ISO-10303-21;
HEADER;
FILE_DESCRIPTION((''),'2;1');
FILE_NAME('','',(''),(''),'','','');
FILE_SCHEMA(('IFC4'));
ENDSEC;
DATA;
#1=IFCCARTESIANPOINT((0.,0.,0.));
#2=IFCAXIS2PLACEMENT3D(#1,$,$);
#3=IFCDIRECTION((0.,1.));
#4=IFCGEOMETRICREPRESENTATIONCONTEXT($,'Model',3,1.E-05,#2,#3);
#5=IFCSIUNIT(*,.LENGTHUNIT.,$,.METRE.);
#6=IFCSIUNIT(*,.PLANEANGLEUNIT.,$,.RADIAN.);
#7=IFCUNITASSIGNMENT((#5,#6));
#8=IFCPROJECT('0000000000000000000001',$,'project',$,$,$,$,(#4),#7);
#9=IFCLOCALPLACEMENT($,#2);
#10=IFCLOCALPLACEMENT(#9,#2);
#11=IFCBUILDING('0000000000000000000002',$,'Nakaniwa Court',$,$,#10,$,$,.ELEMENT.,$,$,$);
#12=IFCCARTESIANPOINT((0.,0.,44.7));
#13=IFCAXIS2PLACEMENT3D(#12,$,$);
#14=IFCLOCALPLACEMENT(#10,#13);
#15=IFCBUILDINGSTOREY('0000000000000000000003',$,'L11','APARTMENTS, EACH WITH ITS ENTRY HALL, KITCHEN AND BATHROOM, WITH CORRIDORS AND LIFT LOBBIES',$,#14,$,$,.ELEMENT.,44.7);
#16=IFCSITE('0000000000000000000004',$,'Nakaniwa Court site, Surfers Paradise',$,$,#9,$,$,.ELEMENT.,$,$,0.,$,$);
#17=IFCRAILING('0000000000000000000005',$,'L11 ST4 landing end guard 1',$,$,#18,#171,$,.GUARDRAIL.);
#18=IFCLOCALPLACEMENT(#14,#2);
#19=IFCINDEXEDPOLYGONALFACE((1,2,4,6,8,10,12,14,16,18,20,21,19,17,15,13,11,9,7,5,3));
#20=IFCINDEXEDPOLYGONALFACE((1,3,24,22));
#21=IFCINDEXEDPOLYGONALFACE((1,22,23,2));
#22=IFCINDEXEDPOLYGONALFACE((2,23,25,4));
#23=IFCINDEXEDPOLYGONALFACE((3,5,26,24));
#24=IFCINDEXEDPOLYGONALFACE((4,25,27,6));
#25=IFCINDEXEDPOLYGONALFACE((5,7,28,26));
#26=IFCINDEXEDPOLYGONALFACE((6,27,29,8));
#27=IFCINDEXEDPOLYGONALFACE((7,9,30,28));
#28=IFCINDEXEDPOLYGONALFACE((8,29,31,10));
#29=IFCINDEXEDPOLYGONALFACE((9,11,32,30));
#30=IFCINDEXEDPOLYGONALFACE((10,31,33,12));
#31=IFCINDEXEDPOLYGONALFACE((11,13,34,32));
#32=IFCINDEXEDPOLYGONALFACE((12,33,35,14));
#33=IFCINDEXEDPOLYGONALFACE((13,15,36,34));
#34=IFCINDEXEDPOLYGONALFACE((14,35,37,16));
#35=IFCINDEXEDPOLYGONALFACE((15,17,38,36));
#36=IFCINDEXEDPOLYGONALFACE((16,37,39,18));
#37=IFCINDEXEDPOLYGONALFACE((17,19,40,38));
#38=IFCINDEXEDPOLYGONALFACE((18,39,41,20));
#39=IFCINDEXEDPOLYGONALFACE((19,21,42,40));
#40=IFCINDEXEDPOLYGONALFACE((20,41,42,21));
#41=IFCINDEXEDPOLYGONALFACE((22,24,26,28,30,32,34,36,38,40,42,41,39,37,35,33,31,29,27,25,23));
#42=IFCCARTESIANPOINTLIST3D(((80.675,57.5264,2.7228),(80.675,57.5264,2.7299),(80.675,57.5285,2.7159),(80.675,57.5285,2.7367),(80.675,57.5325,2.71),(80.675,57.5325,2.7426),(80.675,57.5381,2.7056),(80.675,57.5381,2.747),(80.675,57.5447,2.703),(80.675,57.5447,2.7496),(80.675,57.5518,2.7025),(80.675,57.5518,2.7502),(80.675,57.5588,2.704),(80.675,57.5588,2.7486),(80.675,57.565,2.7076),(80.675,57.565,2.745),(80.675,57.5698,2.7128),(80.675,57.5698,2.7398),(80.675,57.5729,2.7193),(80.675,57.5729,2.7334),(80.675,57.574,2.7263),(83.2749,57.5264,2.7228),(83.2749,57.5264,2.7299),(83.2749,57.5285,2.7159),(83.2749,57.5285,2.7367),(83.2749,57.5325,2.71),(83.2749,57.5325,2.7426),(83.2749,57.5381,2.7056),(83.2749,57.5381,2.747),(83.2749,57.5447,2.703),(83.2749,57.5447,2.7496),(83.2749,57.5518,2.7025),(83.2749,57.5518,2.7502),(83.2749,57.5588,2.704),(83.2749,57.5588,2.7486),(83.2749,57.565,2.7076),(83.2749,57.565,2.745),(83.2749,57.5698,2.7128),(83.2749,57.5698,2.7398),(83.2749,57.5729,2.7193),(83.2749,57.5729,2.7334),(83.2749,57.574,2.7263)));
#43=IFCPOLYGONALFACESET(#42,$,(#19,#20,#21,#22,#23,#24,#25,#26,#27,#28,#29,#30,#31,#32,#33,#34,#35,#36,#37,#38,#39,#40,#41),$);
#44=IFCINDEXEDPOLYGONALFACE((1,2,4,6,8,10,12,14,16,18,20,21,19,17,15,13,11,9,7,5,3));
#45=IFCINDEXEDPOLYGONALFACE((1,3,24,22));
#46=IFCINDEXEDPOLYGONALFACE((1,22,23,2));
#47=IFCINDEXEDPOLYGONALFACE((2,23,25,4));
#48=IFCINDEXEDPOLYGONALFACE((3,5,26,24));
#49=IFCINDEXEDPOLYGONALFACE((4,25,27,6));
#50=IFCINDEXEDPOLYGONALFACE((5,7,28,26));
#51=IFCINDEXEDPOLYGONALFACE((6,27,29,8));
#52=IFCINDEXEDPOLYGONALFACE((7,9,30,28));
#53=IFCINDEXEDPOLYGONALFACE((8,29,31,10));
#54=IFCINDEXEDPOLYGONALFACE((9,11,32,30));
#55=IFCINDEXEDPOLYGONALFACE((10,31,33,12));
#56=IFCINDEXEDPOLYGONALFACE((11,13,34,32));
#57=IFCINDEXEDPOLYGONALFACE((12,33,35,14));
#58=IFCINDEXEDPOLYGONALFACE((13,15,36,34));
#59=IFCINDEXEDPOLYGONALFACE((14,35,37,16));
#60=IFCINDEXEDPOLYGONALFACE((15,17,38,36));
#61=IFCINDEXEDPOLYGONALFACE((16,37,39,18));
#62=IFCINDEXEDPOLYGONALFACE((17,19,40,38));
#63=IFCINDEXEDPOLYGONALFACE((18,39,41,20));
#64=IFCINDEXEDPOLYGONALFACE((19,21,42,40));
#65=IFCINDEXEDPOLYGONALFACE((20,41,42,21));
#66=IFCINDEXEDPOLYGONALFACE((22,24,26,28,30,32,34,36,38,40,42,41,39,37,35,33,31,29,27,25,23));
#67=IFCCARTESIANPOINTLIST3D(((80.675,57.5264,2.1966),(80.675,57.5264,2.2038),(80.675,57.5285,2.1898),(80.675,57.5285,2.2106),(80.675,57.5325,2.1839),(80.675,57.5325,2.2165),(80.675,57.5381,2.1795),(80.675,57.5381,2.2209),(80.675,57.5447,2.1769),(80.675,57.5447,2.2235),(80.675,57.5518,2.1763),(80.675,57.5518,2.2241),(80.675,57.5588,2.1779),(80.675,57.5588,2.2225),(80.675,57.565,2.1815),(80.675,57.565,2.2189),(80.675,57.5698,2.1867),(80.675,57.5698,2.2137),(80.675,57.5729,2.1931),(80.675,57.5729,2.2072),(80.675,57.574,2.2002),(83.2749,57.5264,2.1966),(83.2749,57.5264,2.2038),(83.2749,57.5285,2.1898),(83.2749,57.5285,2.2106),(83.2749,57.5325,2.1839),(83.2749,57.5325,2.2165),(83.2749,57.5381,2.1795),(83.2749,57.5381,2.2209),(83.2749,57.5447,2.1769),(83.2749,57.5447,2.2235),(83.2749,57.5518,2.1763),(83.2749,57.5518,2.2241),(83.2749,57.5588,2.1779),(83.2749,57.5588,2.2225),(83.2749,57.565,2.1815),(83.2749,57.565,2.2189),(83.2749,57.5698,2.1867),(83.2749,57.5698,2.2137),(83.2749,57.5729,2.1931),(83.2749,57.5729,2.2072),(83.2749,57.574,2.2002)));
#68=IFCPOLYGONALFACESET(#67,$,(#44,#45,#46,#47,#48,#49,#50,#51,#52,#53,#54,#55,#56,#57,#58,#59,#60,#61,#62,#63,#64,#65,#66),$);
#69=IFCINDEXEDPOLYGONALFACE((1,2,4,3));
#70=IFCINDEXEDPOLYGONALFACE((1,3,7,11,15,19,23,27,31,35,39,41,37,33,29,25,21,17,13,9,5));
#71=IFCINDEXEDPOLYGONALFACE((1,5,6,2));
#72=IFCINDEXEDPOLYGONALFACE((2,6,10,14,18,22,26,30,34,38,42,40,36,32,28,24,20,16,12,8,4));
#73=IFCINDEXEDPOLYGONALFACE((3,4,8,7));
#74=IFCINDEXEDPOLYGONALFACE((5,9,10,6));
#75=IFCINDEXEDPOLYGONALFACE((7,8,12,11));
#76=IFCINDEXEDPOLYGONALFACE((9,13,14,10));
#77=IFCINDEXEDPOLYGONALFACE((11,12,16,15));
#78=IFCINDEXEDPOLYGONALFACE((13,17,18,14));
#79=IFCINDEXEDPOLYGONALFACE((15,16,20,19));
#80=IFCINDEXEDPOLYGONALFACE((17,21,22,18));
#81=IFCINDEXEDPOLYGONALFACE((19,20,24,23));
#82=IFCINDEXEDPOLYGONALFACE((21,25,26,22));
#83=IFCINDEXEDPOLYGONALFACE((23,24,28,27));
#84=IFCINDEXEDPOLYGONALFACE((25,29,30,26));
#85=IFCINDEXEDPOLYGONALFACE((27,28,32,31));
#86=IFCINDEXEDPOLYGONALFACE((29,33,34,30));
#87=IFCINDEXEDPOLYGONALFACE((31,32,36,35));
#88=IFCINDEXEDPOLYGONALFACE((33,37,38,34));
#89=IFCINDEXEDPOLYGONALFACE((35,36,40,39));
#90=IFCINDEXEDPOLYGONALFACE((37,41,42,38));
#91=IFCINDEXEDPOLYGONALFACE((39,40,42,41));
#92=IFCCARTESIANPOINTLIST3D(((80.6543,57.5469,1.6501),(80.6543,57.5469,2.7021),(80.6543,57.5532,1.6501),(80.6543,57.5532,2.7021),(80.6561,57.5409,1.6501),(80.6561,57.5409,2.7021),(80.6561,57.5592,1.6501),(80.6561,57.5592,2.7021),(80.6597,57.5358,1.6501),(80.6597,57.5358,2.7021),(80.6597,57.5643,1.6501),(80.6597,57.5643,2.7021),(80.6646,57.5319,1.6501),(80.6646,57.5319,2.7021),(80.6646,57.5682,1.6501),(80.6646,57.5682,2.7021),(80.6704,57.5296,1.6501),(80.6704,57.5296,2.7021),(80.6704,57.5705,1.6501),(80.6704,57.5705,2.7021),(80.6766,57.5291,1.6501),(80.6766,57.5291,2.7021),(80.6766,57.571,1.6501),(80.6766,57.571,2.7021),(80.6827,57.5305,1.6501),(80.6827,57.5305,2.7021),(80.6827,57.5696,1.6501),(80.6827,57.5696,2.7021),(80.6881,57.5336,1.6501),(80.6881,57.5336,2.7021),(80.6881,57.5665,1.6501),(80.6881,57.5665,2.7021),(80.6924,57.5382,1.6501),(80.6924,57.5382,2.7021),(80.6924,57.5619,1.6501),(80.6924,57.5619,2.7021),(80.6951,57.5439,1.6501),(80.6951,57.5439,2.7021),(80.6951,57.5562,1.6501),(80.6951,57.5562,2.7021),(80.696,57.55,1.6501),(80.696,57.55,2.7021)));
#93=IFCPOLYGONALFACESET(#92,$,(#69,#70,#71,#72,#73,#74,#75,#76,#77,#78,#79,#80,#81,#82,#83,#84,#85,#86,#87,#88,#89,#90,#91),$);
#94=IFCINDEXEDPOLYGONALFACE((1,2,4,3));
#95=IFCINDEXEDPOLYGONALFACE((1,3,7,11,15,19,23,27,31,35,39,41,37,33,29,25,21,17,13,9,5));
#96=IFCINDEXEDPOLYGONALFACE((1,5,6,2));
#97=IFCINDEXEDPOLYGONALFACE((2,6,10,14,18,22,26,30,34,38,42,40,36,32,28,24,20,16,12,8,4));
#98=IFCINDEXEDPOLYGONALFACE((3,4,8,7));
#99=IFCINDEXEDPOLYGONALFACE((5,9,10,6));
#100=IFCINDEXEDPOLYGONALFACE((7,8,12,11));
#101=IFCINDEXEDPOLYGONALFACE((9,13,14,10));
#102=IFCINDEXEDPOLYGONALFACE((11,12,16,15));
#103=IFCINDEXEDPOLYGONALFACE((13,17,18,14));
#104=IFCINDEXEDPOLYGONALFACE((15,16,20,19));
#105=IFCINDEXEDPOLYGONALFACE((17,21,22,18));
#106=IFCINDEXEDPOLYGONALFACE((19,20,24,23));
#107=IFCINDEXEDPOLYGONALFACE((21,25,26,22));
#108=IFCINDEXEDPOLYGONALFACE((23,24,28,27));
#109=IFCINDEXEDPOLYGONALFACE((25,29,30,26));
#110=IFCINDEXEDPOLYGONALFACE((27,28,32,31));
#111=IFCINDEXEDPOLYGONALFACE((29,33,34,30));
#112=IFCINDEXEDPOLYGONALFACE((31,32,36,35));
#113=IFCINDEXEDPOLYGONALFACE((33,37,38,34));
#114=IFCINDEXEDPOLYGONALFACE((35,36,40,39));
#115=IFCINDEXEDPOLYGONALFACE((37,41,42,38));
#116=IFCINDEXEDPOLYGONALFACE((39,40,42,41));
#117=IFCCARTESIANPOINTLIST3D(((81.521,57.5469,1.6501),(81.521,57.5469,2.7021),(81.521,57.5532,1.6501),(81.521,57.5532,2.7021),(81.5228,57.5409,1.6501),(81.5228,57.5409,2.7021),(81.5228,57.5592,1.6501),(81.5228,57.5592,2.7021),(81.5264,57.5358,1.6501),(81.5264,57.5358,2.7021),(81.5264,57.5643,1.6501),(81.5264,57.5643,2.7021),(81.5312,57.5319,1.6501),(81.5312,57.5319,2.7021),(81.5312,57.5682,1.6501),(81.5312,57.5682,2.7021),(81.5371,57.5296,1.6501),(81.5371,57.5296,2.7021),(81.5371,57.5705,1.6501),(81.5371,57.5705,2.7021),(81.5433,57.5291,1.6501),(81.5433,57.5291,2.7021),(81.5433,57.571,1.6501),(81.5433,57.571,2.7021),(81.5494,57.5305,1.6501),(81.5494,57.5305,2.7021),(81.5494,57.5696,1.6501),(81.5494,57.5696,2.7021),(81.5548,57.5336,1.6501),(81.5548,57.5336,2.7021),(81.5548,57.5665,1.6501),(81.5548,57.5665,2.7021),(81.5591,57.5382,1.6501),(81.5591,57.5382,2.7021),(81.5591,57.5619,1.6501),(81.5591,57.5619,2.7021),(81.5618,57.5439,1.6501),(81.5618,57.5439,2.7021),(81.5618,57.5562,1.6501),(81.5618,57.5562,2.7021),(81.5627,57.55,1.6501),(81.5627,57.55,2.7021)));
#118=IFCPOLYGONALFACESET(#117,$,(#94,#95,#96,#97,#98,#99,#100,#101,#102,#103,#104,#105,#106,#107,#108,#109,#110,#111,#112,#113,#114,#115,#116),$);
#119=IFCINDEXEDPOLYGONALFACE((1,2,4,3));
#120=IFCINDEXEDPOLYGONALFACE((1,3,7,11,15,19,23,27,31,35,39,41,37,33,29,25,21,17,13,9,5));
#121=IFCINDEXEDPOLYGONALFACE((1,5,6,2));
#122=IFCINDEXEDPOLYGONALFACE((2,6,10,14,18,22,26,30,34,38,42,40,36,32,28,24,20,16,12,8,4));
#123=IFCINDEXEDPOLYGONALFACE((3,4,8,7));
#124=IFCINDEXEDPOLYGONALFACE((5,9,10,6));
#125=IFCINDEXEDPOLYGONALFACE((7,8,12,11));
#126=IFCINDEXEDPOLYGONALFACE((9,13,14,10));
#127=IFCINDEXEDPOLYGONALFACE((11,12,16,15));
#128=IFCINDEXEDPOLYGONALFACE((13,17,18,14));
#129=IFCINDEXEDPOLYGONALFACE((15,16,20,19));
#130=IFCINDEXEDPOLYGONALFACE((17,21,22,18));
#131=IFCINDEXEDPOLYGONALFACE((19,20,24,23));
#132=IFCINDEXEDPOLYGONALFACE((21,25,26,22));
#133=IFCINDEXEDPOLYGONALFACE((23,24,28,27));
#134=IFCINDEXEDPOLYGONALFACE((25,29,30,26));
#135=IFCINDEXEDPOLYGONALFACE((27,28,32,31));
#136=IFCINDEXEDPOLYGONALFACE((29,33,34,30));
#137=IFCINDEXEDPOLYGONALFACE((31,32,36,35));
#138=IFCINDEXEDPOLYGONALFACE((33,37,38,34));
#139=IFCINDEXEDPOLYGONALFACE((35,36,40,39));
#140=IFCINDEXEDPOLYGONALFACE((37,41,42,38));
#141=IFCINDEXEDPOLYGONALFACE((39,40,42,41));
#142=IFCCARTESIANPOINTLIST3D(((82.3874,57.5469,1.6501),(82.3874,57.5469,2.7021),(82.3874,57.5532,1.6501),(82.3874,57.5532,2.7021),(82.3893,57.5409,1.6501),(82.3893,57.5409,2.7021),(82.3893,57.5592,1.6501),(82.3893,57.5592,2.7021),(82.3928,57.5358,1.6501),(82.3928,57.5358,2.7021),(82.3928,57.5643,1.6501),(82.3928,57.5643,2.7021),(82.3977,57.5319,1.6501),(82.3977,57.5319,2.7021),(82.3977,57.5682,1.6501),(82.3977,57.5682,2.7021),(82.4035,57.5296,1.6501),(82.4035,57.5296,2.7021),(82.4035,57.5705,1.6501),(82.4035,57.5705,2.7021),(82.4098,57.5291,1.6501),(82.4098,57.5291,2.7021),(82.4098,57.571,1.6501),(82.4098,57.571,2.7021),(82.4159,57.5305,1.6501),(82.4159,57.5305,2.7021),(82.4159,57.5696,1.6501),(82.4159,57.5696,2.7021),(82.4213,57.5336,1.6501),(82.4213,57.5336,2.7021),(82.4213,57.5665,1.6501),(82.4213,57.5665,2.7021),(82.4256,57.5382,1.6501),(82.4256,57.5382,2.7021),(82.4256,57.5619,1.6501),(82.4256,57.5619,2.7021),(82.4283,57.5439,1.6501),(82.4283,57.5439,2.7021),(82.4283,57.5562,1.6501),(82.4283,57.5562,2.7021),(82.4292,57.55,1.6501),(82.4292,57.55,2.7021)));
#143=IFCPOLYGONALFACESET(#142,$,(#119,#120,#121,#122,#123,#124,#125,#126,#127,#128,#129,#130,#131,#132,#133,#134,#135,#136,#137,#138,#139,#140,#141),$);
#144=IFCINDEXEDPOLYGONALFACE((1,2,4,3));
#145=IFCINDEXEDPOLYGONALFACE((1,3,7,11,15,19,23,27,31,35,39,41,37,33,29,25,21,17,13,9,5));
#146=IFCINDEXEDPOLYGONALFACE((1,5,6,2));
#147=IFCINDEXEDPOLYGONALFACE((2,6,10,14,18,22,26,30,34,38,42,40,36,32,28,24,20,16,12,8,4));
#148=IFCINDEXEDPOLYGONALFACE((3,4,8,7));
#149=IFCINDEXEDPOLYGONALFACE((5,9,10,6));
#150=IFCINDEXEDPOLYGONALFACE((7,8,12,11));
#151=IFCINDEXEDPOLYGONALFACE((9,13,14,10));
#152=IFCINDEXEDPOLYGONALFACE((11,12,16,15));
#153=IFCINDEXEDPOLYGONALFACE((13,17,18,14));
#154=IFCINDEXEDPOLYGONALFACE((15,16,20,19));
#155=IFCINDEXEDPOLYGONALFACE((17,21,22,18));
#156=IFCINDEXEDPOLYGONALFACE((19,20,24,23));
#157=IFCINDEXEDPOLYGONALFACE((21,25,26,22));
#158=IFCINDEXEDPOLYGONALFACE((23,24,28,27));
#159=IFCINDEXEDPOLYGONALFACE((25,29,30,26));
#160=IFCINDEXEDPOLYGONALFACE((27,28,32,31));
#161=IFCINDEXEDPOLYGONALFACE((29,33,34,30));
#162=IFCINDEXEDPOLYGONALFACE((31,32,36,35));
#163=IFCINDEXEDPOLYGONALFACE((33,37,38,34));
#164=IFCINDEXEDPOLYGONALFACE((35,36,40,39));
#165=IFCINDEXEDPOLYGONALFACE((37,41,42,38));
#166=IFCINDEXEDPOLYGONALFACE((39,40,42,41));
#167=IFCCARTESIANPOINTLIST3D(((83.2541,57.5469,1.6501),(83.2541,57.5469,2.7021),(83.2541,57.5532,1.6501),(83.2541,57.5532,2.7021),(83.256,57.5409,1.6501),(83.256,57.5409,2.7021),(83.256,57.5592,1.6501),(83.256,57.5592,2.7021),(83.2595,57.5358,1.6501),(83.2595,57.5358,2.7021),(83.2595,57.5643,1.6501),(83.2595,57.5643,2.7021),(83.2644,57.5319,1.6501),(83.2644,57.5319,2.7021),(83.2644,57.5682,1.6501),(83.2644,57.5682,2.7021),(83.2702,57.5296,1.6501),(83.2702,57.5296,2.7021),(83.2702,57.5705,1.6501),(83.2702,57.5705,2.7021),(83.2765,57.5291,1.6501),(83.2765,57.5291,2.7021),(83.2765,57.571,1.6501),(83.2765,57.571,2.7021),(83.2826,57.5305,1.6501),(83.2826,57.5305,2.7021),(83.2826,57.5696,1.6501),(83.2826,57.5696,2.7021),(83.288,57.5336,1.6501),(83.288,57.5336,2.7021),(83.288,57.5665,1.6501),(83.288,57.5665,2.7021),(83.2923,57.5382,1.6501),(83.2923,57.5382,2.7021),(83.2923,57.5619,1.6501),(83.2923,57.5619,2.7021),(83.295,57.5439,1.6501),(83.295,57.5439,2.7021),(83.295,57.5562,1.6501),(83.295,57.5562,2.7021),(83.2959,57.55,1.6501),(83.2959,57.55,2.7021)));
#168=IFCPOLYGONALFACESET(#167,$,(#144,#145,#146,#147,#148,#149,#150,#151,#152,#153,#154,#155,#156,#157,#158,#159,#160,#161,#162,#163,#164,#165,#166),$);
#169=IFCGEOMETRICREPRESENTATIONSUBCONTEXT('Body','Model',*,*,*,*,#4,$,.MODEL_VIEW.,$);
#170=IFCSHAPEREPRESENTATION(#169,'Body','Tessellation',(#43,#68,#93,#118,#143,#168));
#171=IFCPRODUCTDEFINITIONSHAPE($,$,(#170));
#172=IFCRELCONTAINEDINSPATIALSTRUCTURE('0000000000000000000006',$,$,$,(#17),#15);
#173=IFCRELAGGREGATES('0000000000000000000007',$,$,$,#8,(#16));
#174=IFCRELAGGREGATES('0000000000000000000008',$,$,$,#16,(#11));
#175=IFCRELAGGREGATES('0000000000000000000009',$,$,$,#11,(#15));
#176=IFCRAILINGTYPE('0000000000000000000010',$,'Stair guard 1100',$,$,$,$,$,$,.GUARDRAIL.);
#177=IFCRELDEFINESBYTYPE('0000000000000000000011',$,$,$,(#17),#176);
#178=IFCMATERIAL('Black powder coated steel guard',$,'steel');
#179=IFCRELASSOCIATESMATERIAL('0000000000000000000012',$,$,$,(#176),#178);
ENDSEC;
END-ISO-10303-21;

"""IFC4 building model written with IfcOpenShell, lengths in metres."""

from ifc_helpers import new_model, si_unit, direction, frame, origin, origin_2d, place, context, subcontext, project, spatial, circle, extrude, material, type_object, element, save


model = new_model("IFC4")

# Units and contexts
model_context = context("Model", 3, precision=1e-05, world=origin(), true_north=direction((0.0, 1.0)))
body_context = subcontext(model_context, "Body", "Model", "MODEL_VIEW")
ifc_project = project(units=[si_unit("LENGTHUNIT", "METRE"), si_unit("PLANEANGLEUNIT", "RADIAN")], contexts=[model_context])

# Site, building, storey
site_placement = place(None, origin())
site = spatial("IfcSite", under=ifc_project, at=site_placement, Name="Nakaniwa Court site, Surfers Paradise", CompositionType="ELEMENT", RefElevation=0.0)
building_placement = place(site_placement, origin())
building = spatial("IfcBuilding", under=site, at=building_placement, Name="Nakaniwa Court", CompositionType="ELEMENT")
storey_placement = place(building_placement, frame((0.0, 0.0, 44.7)))
storey = spatial("IfcBuildingStorey", under=building, at=storey_placement, Name="L11", Description="APARTMENTS, EACH WITH ITS ENTRY HALL, KITCHEN AND BATHROOM, WITH CORRIDORS AND LIFT LOBBIES", CompositionType="ELEMENT", Elevation=44.7)

# Railing
ifc_material_1 = material(Name="Black powder coated steel guard", Category="steel")
railing_type_1 = type_object("IfcRailingType", Name="Stair guard 1100", PredefinedType="GUARDRAIL", material=ifc_material_1)
railing_1_placement = place(storey_placement, frame((80.675, 57.55, 1.6501)))
element("IfcRailing", 1, at=railing_1_placement, inside=storey, type_object=railing_type_1, Name="L11 ST4 landing end guard 1", PredefinedType="GUARDRAIL", context=body_context, shape_type="SweptSolid", body=[
    extrude(circle(Radius=0.0239, at=origin_2d()), frame((0.0, 0.0, 1.0762), z_axis=(1.0, 0.0, 0.0), x_axis=(0.0, 1.0, 0.0)), (0.0, 0.0, 1.0), 2.5999),
    extrude(circle(Radius=0.0239, at=origin_2d()), frame((0.0, 0.0, 0.55), z_axis=(1.0, 0.0, 0.0), x_axis=(0.0, 1.0, 0.0)), (0.0, 0.0, 1.0), 2.5999),
    extrude(circle(Radius=0.021, at=origin_2d()), origin(), (0.0, 0.0, 1.0), 1.052),
    extrude(circle(Radius=0.021, at=origin_2d()), frame((0.8667, 0.0, 0.0)), (0.0, 0.0, 1.0), 1.052),
    extrude(circle(Radius=0.021, at=origin_2d()), frame((1.7332, 0.0, 0.0)), (0.0, 0.0, 1.0), 1.052),
    extrude(circle(Radius=0.021, at=origin_2d()), frame((2.5999, 0.0, 0.0)), (0.0, 0.0, 1.0), 1.052),
])

save(model, "model.ifc")
